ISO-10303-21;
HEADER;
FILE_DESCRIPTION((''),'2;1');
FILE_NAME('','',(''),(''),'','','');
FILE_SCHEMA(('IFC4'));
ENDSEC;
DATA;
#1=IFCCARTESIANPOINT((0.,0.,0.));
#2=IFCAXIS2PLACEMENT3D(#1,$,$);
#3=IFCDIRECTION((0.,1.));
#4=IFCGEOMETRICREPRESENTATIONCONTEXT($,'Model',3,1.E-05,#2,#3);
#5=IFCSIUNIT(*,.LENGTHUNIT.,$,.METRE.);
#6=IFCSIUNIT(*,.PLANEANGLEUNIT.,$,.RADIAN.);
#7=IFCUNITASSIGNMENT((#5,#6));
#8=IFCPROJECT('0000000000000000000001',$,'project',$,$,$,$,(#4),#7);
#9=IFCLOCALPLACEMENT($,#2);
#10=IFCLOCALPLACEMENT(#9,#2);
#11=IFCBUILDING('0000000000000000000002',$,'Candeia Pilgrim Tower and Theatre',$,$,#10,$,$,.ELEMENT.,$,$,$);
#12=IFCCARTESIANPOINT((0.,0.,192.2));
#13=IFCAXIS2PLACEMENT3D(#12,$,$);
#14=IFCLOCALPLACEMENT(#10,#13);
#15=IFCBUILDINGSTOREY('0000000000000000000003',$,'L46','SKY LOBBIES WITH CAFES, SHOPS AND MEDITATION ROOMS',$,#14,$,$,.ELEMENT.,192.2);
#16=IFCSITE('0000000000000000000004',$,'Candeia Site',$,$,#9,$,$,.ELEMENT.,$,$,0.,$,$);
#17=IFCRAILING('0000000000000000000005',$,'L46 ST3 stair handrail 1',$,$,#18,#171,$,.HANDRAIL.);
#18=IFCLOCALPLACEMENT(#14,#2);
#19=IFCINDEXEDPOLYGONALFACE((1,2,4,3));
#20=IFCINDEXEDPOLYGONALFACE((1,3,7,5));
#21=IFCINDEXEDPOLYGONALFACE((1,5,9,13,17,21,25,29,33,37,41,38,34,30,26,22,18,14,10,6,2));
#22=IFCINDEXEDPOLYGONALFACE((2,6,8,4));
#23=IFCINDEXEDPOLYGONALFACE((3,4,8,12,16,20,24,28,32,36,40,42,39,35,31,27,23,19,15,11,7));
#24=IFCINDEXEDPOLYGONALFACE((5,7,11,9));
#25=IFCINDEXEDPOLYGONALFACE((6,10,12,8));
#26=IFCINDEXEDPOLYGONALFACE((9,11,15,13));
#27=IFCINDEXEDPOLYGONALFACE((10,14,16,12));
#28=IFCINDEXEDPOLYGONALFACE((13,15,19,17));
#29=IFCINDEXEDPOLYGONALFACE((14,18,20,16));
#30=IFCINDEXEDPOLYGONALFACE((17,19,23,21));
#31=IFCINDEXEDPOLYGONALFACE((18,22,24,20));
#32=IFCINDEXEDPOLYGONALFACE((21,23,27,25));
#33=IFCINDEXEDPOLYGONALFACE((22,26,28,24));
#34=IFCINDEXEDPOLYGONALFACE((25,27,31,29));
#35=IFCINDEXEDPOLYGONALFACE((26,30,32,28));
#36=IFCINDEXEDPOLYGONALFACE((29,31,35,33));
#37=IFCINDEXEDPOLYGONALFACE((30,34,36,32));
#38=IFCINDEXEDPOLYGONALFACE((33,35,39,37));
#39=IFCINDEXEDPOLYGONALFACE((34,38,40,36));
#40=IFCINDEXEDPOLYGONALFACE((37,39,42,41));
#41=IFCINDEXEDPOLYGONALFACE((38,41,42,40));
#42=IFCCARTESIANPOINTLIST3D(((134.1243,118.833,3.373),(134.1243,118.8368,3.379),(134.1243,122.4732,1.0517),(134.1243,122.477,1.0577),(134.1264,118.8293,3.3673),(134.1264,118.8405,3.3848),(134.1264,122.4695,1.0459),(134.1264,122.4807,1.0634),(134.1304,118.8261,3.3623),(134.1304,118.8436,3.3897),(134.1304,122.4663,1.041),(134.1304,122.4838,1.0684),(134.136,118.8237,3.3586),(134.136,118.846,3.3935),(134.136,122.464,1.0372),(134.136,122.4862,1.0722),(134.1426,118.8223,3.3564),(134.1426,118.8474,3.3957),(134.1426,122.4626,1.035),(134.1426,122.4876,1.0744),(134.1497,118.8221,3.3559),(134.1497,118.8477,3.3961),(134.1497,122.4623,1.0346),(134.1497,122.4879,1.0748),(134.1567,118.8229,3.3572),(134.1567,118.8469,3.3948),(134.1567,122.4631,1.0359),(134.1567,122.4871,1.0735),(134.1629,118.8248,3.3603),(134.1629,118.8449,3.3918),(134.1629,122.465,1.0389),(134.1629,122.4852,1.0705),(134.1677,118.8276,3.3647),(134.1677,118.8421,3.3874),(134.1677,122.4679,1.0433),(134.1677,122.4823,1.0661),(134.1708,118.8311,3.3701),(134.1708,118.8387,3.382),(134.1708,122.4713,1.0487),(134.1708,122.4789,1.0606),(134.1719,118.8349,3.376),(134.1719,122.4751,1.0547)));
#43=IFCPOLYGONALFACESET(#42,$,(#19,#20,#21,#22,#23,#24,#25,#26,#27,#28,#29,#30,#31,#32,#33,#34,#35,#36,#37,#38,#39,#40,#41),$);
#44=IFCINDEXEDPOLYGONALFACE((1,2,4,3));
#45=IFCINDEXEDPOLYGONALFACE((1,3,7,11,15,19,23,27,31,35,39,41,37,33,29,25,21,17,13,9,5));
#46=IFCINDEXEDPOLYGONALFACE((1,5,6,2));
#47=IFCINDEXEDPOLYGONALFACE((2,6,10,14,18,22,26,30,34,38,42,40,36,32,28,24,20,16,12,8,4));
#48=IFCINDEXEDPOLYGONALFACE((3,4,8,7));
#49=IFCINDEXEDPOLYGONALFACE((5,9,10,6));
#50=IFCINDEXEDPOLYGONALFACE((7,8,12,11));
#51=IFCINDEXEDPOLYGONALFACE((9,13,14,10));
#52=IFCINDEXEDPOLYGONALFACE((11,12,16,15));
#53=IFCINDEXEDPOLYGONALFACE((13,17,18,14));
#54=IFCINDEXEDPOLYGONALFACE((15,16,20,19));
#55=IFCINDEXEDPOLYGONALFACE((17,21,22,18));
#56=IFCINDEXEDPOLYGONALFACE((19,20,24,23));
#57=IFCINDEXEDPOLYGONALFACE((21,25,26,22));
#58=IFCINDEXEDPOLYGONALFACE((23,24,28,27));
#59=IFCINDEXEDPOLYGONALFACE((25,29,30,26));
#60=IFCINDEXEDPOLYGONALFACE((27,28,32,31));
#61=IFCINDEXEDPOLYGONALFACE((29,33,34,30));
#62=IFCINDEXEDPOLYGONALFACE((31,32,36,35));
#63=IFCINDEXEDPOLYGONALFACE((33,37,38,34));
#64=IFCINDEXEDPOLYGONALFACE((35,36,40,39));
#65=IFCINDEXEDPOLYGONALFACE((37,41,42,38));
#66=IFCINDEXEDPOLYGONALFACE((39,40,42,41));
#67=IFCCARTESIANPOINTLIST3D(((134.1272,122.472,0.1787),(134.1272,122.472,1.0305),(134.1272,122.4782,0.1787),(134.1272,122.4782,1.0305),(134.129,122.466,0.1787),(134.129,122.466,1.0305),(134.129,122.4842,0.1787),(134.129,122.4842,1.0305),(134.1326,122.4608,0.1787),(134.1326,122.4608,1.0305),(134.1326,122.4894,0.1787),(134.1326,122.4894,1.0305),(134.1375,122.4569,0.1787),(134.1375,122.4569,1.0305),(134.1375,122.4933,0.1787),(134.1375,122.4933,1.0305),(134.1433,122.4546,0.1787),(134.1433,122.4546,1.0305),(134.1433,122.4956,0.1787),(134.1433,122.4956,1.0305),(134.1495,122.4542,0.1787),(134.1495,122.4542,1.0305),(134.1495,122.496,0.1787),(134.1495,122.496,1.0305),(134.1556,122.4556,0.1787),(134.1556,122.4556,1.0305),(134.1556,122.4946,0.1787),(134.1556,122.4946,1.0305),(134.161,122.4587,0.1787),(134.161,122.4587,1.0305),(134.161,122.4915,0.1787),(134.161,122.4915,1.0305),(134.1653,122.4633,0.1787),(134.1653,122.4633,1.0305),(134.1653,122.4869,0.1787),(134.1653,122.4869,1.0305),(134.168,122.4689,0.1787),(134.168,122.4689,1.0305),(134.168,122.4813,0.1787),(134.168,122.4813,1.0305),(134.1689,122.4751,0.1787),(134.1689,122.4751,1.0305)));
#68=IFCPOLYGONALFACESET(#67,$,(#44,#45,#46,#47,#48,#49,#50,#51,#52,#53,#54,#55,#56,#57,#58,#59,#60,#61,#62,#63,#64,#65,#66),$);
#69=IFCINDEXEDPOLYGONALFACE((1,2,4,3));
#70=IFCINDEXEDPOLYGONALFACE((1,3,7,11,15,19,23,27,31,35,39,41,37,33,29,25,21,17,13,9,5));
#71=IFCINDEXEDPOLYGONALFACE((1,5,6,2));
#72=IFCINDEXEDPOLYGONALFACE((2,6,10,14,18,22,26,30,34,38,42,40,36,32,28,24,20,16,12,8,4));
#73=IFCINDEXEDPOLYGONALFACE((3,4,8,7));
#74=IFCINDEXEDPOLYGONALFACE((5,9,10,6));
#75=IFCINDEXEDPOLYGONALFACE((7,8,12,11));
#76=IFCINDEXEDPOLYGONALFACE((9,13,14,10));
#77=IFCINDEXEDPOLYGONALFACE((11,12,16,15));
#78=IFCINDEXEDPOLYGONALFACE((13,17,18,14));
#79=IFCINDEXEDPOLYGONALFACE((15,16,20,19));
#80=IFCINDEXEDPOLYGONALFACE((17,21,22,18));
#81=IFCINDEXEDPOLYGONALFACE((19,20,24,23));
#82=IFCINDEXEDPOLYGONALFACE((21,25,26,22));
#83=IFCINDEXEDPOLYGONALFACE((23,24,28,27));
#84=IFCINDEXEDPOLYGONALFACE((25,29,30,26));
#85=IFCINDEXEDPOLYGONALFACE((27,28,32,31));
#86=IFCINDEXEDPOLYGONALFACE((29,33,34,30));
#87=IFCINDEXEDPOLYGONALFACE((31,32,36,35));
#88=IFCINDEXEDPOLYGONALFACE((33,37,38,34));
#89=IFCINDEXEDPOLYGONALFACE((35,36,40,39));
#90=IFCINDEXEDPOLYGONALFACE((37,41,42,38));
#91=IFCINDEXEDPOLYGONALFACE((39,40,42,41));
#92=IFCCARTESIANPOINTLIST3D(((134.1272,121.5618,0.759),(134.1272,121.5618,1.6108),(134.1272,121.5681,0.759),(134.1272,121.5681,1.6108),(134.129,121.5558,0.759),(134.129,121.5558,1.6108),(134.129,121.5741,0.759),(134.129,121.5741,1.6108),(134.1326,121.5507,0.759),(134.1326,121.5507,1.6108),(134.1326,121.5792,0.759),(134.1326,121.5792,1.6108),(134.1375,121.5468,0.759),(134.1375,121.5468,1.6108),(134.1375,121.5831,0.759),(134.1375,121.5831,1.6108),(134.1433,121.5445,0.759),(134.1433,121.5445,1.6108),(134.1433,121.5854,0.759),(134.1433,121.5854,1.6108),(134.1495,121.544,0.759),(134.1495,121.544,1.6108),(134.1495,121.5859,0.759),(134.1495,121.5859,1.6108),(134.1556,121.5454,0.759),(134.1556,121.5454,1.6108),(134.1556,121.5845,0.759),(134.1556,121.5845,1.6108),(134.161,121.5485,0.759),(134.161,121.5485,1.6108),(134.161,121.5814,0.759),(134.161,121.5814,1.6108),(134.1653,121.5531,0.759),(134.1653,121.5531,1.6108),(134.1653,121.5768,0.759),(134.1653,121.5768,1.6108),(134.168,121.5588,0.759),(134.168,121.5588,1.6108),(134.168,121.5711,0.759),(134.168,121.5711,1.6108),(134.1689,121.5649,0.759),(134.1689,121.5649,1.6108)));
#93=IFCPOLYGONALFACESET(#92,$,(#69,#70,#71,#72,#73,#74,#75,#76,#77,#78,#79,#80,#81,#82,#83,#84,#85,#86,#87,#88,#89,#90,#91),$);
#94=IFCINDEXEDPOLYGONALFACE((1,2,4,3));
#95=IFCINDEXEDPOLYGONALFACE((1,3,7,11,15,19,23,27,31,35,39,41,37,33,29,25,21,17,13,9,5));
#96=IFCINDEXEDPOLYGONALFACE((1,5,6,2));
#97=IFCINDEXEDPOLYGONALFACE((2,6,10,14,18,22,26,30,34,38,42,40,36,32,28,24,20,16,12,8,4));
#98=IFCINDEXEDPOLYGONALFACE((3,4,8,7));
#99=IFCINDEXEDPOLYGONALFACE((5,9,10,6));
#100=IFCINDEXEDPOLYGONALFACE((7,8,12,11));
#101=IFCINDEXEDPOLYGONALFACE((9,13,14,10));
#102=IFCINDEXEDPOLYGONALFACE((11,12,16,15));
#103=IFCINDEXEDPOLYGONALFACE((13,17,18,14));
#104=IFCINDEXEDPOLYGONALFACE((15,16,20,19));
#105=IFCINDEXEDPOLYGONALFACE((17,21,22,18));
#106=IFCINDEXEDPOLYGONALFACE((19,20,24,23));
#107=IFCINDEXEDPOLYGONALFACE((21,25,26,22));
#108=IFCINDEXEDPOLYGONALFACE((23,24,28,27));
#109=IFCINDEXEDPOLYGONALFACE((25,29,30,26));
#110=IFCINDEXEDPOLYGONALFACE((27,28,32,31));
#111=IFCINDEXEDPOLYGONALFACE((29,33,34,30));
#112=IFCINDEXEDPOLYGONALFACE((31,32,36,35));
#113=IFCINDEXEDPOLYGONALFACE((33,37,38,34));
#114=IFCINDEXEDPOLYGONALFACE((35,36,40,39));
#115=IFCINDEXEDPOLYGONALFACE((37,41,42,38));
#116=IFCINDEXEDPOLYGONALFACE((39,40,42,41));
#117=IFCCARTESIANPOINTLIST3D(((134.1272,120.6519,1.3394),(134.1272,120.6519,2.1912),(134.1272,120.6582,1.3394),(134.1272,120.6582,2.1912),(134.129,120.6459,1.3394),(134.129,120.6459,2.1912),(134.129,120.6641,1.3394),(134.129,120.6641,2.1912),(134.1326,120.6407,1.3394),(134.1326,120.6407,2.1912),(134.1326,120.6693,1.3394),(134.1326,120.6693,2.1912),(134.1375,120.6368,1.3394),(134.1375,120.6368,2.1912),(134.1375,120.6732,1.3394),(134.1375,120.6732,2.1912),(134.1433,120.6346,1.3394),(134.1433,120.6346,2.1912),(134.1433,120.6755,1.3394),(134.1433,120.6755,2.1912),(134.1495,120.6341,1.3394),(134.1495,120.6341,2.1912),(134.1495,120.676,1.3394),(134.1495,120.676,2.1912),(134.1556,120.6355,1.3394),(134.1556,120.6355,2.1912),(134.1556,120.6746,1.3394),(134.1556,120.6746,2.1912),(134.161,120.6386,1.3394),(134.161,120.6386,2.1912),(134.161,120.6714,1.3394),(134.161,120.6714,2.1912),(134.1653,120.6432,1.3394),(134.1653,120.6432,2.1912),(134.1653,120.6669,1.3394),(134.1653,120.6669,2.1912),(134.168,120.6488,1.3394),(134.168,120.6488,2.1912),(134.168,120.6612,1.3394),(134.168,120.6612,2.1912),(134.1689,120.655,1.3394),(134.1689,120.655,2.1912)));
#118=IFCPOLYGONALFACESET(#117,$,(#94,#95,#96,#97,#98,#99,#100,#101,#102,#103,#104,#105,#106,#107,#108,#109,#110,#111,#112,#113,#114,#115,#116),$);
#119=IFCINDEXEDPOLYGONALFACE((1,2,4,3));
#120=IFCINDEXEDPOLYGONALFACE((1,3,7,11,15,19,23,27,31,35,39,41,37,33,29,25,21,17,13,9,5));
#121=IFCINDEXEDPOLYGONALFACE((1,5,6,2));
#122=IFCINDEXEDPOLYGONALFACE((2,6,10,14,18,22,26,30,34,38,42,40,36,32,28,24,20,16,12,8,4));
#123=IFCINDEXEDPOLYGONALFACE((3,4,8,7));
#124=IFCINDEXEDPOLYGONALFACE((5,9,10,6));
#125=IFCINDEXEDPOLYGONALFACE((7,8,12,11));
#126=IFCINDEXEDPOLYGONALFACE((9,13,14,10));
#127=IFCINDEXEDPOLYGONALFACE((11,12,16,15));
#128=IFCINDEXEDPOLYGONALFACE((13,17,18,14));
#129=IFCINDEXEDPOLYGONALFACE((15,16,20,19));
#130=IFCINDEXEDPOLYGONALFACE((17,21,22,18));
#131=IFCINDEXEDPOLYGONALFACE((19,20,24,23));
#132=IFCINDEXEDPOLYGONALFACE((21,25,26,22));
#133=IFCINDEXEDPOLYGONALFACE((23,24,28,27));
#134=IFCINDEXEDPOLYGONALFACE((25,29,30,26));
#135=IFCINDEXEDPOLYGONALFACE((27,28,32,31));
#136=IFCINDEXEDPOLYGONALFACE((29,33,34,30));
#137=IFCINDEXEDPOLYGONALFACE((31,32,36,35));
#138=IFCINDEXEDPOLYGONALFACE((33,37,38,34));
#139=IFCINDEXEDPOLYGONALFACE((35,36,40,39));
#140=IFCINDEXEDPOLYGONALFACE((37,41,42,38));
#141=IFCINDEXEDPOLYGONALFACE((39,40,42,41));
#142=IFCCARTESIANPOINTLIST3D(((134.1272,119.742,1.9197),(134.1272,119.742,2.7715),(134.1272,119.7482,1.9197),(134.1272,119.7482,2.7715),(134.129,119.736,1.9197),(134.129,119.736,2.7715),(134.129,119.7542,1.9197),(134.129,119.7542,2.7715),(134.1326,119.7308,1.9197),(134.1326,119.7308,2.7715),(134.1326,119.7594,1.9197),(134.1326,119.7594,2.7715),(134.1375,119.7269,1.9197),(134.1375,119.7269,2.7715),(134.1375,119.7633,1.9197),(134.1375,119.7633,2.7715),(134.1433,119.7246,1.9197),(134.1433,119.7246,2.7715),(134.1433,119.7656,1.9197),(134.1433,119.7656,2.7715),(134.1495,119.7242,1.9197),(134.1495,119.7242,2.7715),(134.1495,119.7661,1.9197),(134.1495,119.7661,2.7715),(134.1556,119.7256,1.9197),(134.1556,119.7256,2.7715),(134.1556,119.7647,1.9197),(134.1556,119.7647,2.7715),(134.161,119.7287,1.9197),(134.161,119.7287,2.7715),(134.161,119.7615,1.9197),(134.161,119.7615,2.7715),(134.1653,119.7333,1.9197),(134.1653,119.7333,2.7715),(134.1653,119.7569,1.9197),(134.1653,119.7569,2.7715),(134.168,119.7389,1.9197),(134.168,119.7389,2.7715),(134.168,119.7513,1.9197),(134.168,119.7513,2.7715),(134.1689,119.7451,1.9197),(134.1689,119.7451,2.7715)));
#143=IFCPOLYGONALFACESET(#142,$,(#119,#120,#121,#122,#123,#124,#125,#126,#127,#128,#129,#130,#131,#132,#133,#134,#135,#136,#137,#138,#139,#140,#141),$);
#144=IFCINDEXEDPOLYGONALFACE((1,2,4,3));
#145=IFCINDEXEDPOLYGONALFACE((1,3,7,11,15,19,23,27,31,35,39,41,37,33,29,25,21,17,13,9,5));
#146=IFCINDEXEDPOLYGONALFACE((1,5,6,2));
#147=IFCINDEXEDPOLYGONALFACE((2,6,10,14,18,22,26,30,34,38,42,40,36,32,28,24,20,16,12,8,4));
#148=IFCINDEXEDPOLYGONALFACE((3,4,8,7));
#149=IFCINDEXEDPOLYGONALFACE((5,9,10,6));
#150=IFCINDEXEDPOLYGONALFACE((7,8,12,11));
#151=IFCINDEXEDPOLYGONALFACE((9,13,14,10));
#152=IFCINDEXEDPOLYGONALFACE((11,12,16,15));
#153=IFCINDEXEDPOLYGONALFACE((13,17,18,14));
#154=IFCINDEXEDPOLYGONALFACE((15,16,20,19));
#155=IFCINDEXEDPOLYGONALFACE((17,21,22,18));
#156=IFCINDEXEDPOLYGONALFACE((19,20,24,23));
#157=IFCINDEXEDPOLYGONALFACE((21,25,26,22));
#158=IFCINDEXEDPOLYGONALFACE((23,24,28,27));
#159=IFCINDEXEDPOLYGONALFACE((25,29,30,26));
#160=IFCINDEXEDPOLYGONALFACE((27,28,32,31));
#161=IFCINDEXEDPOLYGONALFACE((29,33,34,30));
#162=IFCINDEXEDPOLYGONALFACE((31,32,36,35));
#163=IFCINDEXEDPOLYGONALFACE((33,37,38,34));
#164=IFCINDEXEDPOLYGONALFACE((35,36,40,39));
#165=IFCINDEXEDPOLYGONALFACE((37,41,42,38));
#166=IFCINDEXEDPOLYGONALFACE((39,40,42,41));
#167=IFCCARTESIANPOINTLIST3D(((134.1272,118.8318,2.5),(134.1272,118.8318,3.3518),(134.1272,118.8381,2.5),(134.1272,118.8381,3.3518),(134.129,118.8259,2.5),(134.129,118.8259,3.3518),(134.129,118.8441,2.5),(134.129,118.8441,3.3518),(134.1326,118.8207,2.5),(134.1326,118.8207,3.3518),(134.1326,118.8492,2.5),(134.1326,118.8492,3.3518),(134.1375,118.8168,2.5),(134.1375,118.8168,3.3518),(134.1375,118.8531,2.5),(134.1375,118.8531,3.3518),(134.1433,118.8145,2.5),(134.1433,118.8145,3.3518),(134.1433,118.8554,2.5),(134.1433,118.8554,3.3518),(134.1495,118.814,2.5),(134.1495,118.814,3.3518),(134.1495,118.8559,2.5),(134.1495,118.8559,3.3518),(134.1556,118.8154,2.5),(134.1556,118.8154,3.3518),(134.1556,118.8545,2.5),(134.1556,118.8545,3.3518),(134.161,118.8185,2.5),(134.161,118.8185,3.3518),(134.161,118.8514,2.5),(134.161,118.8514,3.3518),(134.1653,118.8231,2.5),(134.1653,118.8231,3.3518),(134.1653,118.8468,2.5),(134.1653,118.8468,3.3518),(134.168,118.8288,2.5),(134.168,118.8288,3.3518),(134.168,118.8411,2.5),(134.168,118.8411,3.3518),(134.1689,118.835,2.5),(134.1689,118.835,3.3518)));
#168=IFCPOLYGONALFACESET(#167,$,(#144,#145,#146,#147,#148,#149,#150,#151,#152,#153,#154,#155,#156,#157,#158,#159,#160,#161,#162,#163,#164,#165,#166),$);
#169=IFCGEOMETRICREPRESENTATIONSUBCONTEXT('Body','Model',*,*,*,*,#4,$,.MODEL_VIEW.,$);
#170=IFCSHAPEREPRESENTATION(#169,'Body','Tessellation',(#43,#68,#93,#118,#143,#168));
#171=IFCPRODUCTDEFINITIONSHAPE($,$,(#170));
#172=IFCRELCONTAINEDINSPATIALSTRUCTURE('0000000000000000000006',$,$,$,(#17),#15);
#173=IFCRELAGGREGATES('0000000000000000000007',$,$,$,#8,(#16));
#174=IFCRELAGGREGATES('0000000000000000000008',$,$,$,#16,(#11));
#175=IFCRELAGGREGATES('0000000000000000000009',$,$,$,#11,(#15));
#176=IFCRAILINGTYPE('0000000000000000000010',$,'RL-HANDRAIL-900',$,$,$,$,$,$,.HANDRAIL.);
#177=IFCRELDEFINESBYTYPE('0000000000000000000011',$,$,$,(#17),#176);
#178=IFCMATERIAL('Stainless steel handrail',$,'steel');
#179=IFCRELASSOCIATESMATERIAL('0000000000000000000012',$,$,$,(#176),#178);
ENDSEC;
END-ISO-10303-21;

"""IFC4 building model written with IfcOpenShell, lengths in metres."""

from ifc_helpers import new_model, si_unit, direction, frame, origin, origin_2d, place, context, subcontext, project, spatial, circle, extrude, material, type_object, element, save


model = new_model("IFC4")

# Units and contexts
model_context = context("Model", 3, precision=1e-05, world=origin(), true_north=direction((0.0, 1.0)))
body_context = subcontext(model_context, "Body", "Model", "MODEL_VIEW")
ifc_project = project(units=[si_unit("LENGTHUNIT", "METRE"), si_unit("PLANEANGLEUNIT", "RADIAN")], contexts=[model_context])

# Site, building, storey
site_placement = place(None, origin())
site = spatial("IfcSite", under=ifc_project, at=site_placement, Name="Candeia Site", CompositionType="ELEMENT", RefElevation=0.0)
building_placement = place(site_placement, origin())
building = spatial("IfcBuilding", under=site, at=building_placement, Name="Candeia Pilgrim Tower and Theatre", CompositionType="ELEMENT")
storey_placement = place(building_placement, frame((0.0, 0.0, 192.2)))
storey = spatial("IfcBuildingStorey", under=building, at=storey_placement, Name="L46", Description="SKY LOBBIES WITH CAFES, SHOPS AND MEDITATION ROOMS", CompositionType="ELEMENT", Elevation=192.2)

# Railing
ifc_material_1 = material(Name="Stainless steel handrail", Category="steel")
railing_type_1 = type_object("IfcRailingType", Name="RL-HANDRAIL-900", PredefinedType="HANDRAIL", material=ifc_material_1)
railing_1_placement = place(storey_placement, frame((134.1479, 122.4751, 0.1787)))
element("IfcRailing", 1, at=railing_1_placement, inside=storey, type_object=railing_type_1, Name="L46 ST3 stair handrail 1", PredefinedType="HANDRAIL", context=body_context, shape_type="SweptSolid", body=[
    extrude(circle(Radius=0.0239, at=origin_2d()), frame((0.0, 0.0, 0.876), z_axis=(0.0, -0.843153, 0.537673), x_axis=(1.0, 0.0, 0.0)), (0.0, 0.0, 1.0), 4.3174),
    extrude(circle(Radius=0.021, at=origin_2d()), origin(), (0.0, 0.0, 1.0), 0.8518),
    extrude(circle(Radius=0.021, at=origin_2d()), frame((0.0, -0.9102, 0.5803)), (0.0, 0.0, 1.0), 0.8518),
    extrude(circle(Radius=0.021, at=origin_2d()), frame((0.0, -1.8201, 1.1606)), (0.0, 0.0, 1.0), 0.8518),
    extrude(circle(Radius=0.021, at=origin_2d()), frame((0.0, -2.73, 1.741)), (0.0, 0.0, 1.0), 0.8518),
    extrude(circle(Radius=0.021, at=origin_2d()), frame((0.0, -3.6401, 2.3213)), (0.0, 0.0, 1.0), 0.8518),
])

save(model, "model.ifc")
